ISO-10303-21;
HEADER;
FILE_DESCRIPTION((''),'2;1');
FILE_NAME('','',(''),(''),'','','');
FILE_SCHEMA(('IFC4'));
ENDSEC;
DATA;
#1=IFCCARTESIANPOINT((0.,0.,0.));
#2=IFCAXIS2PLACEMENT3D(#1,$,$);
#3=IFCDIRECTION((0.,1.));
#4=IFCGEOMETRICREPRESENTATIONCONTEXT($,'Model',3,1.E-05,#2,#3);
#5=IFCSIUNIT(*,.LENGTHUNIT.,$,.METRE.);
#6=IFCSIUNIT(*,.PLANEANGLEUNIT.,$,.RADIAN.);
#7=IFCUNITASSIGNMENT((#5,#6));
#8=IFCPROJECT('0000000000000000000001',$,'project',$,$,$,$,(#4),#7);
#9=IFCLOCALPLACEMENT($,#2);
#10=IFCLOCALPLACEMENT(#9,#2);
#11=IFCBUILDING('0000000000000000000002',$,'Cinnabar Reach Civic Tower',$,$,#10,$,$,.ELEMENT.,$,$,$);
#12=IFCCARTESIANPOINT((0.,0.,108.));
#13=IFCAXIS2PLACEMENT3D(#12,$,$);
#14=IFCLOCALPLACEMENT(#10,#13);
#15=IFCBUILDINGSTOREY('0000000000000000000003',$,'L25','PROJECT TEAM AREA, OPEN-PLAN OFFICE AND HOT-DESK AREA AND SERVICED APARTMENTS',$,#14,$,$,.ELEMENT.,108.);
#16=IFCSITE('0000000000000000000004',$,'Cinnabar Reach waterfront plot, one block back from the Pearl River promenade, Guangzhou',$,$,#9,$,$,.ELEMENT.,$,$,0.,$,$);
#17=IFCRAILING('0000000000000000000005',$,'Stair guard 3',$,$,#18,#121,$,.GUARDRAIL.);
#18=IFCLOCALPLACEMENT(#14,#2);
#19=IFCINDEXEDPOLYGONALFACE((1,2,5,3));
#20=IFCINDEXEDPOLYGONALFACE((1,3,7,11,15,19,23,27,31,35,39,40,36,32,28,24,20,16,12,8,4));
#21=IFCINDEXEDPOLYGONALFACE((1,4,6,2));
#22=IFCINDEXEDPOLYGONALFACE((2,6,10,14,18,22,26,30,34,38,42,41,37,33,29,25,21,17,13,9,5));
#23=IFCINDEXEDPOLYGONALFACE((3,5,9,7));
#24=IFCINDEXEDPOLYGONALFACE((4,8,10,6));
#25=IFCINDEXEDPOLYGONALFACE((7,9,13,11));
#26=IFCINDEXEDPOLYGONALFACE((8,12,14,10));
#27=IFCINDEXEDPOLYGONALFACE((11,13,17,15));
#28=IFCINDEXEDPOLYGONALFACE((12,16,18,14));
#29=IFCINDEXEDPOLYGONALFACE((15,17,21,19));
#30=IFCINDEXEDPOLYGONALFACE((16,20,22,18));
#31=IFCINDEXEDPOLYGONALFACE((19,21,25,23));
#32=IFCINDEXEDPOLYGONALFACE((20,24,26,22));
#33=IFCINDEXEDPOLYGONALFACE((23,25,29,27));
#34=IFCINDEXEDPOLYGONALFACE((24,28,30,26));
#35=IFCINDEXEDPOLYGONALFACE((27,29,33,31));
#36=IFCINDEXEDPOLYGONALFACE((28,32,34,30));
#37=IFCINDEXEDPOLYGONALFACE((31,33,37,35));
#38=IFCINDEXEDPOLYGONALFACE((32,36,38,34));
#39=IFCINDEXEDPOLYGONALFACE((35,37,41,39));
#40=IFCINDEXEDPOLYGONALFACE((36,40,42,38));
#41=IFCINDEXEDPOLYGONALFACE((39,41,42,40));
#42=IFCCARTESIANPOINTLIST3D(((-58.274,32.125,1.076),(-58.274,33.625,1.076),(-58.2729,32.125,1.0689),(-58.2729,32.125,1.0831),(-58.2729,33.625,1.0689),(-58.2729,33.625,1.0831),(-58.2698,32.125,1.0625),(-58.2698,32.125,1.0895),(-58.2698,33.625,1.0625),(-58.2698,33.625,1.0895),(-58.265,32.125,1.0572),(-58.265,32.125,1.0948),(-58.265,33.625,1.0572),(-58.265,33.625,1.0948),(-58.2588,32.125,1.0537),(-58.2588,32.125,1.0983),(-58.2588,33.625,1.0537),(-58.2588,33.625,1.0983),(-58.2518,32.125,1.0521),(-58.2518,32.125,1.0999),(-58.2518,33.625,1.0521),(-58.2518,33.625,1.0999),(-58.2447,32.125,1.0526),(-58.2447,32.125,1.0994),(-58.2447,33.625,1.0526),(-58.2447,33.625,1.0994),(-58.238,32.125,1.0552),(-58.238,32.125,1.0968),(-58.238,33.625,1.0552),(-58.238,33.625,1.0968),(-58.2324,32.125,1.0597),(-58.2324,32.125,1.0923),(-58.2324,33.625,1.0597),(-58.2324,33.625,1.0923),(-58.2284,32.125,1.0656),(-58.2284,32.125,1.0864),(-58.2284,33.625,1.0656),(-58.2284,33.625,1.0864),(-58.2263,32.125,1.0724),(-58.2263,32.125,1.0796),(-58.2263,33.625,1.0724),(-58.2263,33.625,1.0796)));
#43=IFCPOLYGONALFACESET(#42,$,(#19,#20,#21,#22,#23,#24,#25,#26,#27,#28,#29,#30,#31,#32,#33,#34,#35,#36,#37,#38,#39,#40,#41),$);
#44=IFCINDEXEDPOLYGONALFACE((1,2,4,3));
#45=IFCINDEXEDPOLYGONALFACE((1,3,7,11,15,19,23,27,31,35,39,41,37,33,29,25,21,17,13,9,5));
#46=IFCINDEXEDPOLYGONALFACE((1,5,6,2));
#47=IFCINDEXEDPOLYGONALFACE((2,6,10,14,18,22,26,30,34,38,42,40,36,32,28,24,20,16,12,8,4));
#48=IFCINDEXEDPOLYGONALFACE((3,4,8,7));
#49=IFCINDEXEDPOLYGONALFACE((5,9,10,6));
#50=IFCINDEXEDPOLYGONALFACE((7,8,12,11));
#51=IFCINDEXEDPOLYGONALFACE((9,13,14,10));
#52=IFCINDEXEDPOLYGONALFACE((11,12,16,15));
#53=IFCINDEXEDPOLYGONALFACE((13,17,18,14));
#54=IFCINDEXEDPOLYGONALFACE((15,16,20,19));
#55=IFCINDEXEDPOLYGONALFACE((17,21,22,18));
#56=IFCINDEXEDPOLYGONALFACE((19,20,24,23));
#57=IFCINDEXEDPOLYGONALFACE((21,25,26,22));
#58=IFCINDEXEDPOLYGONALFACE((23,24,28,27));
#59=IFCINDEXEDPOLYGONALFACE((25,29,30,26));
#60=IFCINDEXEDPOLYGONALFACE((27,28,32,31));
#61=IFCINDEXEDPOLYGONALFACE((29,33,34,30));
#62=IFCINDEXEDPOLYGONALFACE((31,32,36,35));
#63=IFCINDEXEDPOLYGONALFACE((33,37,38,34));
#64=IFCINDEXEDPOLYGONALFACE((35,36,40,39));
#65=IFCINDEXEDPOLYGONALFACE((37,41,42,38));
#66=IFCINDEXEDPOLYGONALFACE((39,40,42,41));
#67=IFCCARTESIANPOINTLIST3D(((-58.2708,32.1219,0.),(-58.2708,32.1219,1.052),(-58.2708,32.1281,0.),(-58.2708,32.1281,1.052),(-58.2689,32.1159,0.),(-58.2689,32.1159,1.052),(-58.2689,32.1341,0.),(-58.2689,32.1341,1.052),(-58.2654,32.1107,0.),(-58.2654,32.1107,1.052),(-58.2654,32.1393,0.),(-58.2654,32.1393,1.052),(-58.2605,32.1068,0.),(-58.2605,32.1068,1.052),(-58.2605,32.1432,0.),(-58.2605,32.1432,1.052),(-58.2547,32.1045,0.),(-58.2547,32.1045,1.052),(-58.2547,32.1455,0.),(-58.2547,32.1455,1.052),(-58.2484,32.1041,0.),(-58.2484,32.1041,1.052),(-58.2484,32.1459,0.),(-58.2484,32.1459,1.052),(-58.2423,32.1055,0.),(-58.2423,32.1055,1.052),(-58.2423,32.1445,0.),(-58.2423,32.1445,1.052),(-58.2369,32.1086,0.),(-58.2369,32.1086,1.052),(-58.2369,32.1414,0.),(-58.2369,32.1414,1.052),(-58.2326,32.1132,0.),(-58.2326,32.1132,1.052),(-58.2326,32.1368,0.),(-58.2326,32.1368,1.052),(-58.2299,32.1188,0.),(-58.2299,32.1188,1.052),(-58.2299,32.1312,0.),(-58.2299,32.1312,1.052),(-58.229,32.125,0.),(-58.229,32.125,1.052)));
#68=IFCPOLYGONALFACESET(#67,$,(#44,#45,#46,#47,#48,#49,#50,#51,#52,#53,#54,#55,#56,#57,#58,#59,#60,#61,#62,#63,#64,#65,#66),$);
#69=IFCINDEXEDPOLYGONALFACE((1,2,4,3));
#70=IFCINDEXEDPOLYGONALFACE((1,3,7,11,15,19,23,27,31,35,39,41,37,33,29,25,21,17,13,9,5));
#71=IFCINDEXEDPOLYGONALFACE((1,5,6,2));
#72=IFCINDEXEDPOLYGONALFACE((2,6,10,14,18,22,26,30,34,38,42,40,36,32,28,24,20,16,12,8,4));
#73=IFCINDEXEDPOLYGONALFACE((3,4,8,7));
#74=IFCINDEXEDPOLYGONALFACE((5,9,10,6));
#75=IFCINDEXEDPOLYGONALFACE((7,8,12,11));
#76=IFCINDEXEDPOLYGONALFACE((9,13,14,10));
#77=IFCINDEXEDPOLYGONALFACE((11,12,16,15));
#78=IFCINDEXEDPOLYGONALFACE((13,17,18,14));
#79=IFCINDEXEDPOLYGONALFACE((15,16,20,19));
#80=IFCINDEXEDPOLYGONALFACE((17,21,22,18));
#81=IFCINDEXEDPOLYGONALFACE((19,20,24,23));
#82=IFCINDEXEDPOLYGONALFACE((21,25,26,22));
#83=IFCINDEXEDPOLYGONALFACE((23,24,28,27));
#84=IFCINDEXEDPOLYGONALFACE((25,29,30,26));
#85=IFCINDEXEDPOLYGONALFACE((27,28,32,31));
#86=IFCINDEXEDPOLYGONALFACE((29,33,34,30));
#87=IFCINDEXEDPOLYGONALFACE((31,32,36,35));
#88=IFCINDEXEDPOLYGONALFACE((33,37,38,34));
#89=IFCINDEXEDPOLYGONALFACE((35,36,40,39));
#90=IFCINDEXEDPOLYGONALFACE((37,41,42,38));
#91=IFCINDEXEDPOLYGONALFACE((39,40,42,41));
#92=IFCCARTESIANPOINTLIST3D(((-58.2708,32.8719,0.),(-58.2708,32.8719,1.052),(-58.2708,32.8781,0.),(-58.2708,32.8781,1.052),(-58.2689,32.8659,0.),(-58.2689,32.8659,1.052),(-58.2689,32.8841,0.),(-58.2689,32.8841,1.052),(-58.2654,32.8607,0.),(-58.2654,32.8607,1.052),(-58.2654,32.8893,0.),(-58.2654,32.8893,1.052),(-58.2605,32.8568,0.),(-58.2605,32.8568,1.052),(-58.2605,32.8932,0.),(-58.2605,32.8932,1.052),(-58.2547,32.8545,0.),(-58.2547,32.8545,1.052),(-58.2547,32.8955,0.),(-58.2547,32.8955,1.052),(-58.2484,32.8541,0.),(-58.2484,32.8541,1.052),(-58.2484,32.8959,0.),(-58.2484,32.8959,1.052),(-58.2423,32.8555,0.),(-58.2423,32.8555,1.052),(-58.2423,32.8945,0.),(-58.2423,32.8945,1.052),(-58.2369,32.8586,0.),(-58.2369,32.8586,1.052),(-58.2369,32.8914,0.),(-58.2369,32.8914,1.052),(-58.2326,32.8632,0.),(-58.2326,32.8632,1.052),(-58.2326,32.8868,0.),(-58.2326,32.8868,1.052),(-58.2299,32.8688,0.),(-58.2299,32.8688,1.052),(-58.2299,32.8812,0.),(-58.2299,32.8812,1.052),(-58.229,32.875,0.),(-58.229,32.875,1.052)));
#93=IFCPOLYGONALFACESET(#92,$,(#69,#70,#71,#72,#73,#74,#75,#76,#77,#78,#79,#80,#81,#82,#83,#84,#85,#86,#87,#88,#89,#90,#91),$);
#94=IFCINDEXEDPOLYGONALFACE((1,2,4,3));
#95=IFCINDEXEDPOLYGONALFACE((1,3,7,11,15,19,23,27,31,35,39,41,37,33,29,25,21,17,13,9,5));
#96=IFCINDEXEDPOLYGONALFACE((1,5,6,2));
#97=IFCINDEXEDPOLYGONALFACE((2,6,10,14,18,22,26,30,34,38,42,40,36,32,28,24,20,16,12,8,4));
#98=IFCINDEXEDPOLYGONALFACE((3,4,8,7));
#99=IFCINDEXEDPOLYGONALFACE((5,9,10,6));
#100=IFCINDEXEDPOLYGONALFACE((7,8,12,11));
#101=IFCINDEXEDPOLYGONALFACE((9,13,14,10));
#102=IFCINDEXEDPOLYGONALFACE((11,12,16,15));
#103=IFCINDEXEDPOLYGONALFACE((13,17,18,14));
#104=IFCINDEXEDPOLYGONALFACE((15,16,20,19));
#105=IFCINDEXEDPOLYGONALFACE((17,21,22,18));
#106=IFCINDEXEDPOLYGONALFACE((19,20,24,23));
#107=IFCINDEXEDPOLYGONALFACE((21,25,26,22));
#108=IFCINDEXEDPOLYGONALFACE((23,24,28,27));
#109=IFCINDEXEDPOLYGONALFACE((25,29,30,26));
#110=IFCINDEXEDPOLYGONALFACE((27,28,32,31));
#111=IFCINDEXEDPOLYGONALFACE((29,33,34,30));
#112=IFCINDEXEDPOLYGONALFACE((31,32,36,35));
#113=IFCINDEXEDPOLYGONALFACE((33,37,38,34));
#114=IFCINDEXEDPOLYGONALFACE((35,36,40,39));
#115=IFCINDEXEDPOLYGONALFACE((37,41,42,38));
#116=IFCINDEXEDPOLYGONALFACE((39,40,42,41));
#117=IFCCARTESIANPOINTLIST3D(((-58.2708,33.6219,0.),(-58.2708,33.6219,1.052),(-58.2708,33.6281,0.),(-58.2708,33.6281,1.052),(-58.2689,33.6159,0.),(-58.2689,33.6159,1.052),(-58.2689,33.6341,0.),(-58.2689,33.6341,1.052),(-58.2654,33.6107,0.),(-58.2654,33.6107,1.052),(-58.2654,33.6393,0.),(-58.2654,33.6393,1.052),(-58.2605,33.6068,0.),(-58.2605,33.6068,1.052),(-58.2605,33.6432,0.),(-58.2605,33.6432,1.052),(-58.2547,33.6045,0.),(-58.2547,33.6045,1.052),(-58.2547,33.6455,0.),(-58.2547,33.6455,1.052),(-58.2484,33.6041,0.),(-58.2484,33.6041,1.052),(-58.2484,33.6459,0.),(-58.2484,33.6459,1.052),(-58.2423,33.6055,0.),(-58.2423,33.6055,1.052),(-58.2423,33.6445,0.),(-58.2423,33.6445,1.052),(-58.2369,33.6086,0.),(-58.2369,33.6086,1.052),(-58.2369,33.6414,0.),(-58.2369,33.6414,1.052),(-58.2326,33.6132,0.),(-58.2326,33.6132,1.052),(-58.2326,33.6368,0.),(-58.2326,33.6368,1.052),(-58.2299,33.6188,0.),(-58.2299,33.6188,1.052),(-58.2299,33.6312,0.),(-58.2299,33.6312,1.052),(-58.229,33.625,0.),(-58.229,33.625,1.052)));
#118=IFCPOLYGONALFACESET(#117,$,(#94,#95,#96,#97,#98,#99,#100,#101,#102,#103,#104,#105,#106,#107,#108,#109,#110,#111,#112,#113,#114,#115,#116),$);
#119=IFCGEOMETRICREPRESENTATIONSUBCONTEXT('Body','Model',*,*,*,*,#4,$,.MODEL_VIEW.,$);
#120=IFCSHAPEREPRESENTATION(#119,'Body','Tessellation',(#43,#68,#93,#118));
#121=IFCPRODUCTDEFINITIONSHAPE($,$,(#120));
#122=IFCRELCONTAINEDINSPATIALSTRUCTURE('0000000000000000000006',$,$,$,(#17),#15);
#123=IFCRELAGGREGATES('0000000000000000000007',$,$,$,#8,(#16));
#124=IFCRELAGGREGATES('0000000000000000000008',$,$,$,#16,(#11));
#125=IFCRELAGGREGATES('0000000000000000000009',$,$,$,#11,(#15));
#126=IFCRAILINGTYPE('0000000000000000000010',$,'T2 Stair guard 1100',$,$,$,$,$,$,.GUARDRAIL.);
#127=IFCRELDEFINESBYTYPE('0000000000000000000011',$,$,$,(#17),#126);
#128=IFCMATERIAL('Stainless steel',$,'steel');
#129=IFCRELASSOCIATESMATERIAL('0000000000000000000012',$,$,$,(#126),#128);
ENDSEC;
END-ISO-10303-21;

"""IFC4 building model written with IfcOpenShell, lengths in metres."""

from ifc_helpers import new_model, si_unit, direction, frame, origin, origin_2d, place, context, subcontext, project, spatial, circle, extrude, material, type_object, element, save


model = new_model("IFC4")

# Units and contexts
model_context = context("Model", 3, precision=1e-05, world=origin(), true_north=direction((0.0, 1.0)))
body_context = subcontext(model_context, "Body", "Model", "MODEL_VIEW")
ifc_project = project(units=[si_unit("LENGTHUNIT", "METRE"), si_unit("PLANEANGLEUNIT", "RADIAN")], contexts=[model_context])

# Site, building, storey
site_placement = place(None, origin())
site = spatial("IfcSite", under=ifc_project, at=site_placement, Name="Cinnabar Reach waterfront plot, one block back from the Pearl River promenade, Guangzhou", CompositionType="ELEMENT", RefElevation=0.0)
building_placement = place(site_placement, origin())
building = spatial("IfcBuilding", under=site, at=building_placement, Name="Cinnabar Reach Civic Tower", CompositionType="ELEMENT")
storey_placement = place(building_placement, frame((0.0, 0.0, 108.0)))
storey = spatial("IfcBuildingStorey", under=building, at=storey_placement, Name="L25", Description="PROJECT TEAM AREA, OPEN-PLAN OFFICE AND HOT-DESK AREA AND SERVICED APARTMENTS", CompositionType="ELEMENT", Elevation=108.0)

# Railing
ifc_material_1 = material(Name="Stainless steel", Category="steel")
railing_type = type_object("IfcRailingType", Name="T2 Stair guard 1100", PredefinedType="GUARDRAIL", material=ifc_material_1)
railing_1_placement = place(storey_placement, frame((-58.25, 32.125, 0.0)))
element("IfcRailing", 1, at=railing_1_placement, inside=storey, type_object=railing_type, Name="Stair guard 3", PredefinedType="GUARDRAIL", context=body_context, shape_type="SweptSolid", body=[
    extrude(circle(Radius=0.024, at=origin_2d()), frame((0.0, 0.0, 1.076), z_axis=(0.0, 1.0, 0.0), x_axis=(-1.0, 0.0, 0.0)), (0.0, 0.0, 1.0), 1.5),
    extrude(circle(Radius=0.021, at=origin_2d()), origin(), (0.0, 0.0, 1.0), 1.052),
    extrude(circle(Radius=0.021, at=origin_2d()), frame((0.0, 0.75, 0.0)), (0.0, 0.0, 1.0), 1.052),
    extrude(circle(Radius=0.021, at=origin_2d()), frame((0.0, 1.5, 0.0)), (0.0, 0.0, 1.0), 1.052),
])

save(model, "model.ifc")
